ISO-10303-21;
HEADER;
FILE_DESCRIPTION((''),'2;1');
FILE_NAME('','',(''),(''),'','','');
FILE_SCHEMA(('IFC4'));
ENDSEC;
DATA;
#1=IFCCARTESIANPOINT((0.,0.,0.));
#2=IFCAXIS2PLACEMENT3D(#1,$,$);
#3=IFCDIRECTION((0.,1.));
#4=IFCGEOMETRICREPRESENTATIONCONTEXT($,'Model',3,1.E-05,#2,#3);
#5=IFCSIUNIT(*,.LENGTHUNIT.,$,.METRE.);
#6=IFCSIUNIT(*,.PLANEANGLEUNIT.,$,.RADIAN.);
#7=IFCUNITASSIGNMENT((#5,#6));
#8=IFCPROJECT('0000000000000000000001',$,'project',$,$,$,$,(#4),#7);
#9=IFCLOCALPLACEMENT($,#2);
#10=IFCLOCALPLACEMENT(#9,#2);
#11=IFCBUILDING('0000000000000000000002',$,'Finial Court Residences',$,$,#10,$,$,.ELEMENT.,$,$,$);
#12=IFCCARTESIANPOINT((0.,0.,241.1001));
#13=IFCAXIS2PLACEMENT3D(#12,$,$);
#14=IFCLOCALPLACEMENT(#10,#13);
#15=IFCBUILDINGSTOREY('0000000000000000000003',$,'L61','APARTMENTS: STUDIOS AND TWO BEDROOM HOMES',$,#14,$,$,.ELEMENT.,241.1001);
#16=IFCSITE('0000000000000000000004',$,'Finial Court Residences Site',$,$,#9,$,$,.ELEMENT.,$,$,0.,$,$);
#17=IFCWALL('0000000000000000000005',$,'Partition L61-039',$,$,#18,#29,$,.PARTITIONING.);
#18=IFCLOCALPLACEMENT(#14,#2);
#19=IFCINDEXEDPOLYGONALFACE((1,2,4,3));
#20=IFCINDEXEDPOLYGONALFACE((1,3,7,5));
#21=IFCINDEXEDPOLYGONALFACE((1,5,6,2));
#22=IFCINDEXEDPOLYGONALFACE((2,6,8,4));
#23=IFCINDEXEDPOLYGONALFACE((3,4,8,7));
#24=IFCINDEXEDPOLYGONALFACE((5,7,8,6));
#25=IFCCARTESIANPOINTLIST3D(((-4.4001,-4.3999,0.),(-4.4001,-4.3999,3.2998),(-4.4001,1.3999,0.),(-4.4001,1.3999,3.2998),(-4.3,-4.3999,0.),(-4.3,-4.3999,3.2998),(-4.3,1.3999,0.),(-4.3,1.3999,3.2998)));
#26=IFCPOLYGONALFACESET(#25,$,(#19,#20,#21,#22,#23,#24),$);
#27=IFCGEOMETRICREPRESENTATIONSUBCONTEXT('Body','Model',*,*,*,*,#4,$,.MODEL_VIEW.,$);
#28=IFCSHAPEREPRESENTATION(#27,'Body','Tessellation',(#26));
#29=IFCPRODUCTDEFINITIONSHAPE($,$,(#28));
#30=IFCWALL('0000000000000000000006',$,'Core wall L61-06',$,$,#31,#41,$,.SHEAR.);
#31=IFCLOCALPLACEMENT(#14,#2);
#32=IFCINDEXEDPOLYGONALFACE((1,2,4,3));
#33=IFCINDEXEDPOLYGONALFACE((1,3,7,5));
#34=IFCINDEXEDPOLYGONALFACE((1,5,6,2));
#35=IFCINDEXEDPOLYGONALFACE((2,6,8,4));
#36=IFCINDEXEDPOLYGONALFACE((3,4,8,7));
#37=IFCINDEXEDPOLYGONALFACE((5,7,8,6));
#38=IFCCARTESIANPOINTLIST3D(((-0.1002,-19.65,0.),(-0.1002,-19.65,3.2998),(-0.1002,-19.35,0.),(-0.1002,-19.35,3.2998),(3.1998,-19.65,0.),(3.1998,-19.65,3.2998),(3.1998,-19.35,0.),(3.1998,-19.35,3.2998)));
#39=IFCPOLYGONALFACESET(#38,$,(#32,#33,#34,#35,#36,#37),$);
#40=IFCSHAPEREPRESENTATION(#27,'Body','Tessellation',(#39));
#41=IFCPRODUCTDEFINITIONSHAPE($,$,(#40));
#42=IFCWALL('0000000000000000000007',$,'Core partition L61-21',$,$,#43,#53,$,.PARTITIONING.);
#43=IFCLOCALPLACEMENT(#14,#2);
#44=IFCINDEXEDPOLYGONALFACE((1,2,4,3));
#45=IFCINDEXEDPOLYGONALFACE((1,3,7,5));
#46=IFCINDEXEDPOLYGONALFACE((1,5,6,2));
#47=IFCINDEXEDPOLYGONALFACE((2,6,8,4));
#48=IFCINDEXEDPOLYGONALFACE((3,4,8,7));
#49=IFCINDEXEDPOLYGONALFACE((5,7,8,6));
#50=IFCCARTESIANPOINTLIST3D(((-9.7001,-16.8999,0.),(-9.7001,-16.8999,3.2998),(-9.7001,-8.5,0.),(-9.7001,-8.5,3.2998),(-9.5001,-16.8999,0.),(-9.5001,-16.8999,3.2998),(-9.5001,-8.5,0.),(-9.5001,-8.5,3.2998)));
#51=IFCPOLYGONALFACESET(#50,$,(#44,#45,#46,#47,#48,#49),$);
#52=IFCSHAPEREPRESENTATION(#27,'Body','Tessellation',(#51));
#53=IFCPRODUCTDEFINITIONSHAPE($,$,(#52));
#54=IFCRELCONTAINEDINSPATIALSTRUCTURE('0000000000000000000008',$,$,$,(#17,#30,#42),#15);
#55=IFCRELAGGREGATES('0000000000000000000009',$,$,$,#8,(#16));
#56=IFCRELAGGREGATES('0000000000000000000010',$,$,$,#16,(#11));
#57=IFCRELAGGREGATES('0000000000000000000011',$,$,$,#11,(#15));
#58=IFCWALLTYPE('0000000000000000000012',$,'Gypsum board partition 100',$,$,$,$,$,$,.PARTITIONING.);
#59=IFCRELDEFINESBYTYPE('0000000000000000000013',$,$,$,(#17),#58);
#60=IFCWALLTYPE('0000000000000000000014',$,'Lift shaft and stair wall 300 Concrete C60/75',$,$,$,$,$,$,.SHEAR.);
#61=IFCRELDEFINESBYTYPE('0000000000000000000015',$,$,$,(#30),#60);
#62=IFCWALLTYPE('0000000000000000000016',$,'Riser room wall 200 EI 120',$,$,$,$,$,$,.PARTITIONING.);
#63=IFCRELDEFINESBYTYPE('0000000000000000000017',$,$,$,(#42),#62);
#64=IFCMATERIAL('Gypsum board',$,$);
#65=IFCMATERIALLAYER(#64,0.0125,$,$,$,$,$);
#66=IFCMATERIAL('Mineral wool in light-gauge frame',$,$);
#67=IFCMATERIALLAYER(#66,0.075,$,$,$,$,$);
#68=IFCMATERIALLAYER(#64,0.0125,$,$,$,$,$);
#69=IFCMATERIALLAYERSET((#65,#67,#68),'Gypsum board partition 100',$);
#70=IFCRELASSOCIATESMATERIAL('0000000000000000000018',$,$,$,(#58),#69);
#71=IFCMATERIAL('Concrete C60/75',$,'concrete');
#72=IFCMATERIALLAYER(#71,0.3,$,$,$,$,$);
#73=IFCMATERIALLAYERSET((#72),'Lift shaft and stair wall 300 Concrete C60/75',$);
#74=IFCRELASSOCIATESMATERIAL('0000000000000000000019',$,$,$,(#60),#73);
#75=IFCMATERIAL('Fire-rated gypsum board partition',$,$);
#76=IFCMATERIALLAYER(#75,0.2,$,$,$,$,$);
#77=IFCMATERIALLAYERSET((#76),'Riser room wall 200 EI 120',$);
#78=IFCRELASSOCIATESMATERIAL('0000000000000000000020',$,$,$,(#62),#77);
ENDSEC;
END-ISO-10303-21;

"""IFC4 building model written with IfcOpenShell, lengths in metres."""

from ifc_helpers import new_model, si_unit, direction, frame, frame_2d, origin, place, context, subcontext, project, spatial, rectangle, extrude, material, layer, layer_set, type_object, element, save


model = new_model("IFC4")

# Units and contexts
model_context = context("Model", 3, precision=1e-05, world=origin(), true_north=direction((0.0, 1.0)))
body_context = subcontext(model_context, "Body", "Model", "MODEL_VIEW")
ifc_project = project(units=[si_unit("LENGTHUNIT", "METRE"), si_unit("PLANEANGLEUNIT", "RADIAN")], contexts=[model_context])

# Site, building, storey
site_placement = place(None, origin())
site = spatial("IfcSite", under=ifc_project, at=site_placement, Name="Finial Court Residences Site", CompositionType="ELEMENT", RefElevation=0.0)
building_placement = place(site_placement, origin())
building = spatial("IfcBuilding", under=site, at=building_placement, Name="Finial Court Residences", CompositionType="ELEMENT")
storey_placement = place(building_placement, frame((0.0, 0.0, 241.1001)))
storey = spatial("IfcBuildingStorey", under=building, at=storey_placement, Name="L61", Description="APARTMENTS: STUDIOS AND TWO BEDROOM HOMES", CompositionType="ELEMENT", Elevation=241.1001)

# Shared definitions
ifc_material_1 = material(Name="Fire-rated gypsum board partition")

# Shared definitions
ifc_material_2 = material(Name="Gypsum board")

# Walls
ifc_layer_1 = layer(ifc_material_2, 0.0125)
ifc_material_3 = material(Name="Mineral wool in light-gauge frame")
ifc_layer_2 = layer(ifc_material_3, 0.075)
ifc_layer_3 = layer(ifc_material_2, 0.0125)
ifc_layer_set_1 = layer_set([ifc_layer_1, ifc_layer_2, ifc_layer_3], Name="Gypsum board partition 100")
wall_type_1 = type_object("IfcWallType", Name="Gypsum board partition 100", PredefinedType="PARTITIONING", material=ifc_layer_set_1)
wall_1_placement = place(storey_placement, frame((-4.3501, -4.3999, 0.0), z_axis=(0.0, 0.0, 1.0), x_axis=(0.0, 1.0, 0.0)))
element("IfcWall", 1, at=wall_1_placement, inside=storey, type_object=wall_type_1, Name="Partition L61-039", PredefinedType="PARTITIONING", context=body_context, shape_type="SweptSolid", body=[
    extrude(rectangle(XDim=5.7998, YDim=0.1001, at=frame_2d((2.8999, 0.0))), origin(), (0.0, 0.0, 1.0), 3.2998),
])
ifc_material_4 = material(Name="Concrete C60/75", Category="concrete")
ifc_layer_4 = layer(ifc_material_4, 0.3)
ifc_layer_set_2 = layer_set([ifc_layer_4], Name="Lift shaft and stair wall 300 Concrete C60/75")
wall_type_2 = type_object("IfcWallType", Name="Lift shaft and stair wall 300 Concrete C60/75", PredefinedType="SHEAR", material=ifc_layer_set_2)
wall_2_placement = place(storey_placement, frame((-0.1001, -19.5, 0.0), z_axis=(0.0, 0.0, 1.0), x_axis=(1.0, 0.0, 0.0)))
element("IfcWall", 2, at=wall_2_placement, inside=storey, type_object=wall_type_2, Name="Core wall L61-06", PredefinedType="SHEAR", context=body_context, shape_type="SweptSolid", body=[
    extrude(rectangle(XDim=3.3, YDim=0.3, at=frame_2d((1.6499, 0.0))), origin(), (0.0, 0.0, 1.0), 3.2998),
])
ifc_layer_5 = layer(ifc_material_1, 0.2)
ifc_layer_set_3 = layer_set([ifc_layer_5], Name="Riser room wall 200 EI 120")
wall_type_3 = type_object("IfcWallType", Name="Riser room wall 200 EI 120", PredefinedType="PARTITIONING", material=ifc_layer_set_3)
wall_3_placement = place(storey_placement, frame((-9.6001, -16.8999, 0.0), z_axis=(0.0, 0.0, 1.0), x_axis=(0.0, 1.0, 0.0)))
element("IfcWall", 3, at=wall_3_placement, inside=storey, type_object=wall_type_3, Name="Core partition L61-21", PredefinedType="PARTITIONING", context=body_context, shape_type="SweptSolid", body=[
    extrude(rectangle(XDim=8.3999, YDim=0.2, at=frame_2d((4.2, 0.0))), origin(), (0.0, 0.0, 1.0), 3.2998),
])

save(model, "model.ifc")
